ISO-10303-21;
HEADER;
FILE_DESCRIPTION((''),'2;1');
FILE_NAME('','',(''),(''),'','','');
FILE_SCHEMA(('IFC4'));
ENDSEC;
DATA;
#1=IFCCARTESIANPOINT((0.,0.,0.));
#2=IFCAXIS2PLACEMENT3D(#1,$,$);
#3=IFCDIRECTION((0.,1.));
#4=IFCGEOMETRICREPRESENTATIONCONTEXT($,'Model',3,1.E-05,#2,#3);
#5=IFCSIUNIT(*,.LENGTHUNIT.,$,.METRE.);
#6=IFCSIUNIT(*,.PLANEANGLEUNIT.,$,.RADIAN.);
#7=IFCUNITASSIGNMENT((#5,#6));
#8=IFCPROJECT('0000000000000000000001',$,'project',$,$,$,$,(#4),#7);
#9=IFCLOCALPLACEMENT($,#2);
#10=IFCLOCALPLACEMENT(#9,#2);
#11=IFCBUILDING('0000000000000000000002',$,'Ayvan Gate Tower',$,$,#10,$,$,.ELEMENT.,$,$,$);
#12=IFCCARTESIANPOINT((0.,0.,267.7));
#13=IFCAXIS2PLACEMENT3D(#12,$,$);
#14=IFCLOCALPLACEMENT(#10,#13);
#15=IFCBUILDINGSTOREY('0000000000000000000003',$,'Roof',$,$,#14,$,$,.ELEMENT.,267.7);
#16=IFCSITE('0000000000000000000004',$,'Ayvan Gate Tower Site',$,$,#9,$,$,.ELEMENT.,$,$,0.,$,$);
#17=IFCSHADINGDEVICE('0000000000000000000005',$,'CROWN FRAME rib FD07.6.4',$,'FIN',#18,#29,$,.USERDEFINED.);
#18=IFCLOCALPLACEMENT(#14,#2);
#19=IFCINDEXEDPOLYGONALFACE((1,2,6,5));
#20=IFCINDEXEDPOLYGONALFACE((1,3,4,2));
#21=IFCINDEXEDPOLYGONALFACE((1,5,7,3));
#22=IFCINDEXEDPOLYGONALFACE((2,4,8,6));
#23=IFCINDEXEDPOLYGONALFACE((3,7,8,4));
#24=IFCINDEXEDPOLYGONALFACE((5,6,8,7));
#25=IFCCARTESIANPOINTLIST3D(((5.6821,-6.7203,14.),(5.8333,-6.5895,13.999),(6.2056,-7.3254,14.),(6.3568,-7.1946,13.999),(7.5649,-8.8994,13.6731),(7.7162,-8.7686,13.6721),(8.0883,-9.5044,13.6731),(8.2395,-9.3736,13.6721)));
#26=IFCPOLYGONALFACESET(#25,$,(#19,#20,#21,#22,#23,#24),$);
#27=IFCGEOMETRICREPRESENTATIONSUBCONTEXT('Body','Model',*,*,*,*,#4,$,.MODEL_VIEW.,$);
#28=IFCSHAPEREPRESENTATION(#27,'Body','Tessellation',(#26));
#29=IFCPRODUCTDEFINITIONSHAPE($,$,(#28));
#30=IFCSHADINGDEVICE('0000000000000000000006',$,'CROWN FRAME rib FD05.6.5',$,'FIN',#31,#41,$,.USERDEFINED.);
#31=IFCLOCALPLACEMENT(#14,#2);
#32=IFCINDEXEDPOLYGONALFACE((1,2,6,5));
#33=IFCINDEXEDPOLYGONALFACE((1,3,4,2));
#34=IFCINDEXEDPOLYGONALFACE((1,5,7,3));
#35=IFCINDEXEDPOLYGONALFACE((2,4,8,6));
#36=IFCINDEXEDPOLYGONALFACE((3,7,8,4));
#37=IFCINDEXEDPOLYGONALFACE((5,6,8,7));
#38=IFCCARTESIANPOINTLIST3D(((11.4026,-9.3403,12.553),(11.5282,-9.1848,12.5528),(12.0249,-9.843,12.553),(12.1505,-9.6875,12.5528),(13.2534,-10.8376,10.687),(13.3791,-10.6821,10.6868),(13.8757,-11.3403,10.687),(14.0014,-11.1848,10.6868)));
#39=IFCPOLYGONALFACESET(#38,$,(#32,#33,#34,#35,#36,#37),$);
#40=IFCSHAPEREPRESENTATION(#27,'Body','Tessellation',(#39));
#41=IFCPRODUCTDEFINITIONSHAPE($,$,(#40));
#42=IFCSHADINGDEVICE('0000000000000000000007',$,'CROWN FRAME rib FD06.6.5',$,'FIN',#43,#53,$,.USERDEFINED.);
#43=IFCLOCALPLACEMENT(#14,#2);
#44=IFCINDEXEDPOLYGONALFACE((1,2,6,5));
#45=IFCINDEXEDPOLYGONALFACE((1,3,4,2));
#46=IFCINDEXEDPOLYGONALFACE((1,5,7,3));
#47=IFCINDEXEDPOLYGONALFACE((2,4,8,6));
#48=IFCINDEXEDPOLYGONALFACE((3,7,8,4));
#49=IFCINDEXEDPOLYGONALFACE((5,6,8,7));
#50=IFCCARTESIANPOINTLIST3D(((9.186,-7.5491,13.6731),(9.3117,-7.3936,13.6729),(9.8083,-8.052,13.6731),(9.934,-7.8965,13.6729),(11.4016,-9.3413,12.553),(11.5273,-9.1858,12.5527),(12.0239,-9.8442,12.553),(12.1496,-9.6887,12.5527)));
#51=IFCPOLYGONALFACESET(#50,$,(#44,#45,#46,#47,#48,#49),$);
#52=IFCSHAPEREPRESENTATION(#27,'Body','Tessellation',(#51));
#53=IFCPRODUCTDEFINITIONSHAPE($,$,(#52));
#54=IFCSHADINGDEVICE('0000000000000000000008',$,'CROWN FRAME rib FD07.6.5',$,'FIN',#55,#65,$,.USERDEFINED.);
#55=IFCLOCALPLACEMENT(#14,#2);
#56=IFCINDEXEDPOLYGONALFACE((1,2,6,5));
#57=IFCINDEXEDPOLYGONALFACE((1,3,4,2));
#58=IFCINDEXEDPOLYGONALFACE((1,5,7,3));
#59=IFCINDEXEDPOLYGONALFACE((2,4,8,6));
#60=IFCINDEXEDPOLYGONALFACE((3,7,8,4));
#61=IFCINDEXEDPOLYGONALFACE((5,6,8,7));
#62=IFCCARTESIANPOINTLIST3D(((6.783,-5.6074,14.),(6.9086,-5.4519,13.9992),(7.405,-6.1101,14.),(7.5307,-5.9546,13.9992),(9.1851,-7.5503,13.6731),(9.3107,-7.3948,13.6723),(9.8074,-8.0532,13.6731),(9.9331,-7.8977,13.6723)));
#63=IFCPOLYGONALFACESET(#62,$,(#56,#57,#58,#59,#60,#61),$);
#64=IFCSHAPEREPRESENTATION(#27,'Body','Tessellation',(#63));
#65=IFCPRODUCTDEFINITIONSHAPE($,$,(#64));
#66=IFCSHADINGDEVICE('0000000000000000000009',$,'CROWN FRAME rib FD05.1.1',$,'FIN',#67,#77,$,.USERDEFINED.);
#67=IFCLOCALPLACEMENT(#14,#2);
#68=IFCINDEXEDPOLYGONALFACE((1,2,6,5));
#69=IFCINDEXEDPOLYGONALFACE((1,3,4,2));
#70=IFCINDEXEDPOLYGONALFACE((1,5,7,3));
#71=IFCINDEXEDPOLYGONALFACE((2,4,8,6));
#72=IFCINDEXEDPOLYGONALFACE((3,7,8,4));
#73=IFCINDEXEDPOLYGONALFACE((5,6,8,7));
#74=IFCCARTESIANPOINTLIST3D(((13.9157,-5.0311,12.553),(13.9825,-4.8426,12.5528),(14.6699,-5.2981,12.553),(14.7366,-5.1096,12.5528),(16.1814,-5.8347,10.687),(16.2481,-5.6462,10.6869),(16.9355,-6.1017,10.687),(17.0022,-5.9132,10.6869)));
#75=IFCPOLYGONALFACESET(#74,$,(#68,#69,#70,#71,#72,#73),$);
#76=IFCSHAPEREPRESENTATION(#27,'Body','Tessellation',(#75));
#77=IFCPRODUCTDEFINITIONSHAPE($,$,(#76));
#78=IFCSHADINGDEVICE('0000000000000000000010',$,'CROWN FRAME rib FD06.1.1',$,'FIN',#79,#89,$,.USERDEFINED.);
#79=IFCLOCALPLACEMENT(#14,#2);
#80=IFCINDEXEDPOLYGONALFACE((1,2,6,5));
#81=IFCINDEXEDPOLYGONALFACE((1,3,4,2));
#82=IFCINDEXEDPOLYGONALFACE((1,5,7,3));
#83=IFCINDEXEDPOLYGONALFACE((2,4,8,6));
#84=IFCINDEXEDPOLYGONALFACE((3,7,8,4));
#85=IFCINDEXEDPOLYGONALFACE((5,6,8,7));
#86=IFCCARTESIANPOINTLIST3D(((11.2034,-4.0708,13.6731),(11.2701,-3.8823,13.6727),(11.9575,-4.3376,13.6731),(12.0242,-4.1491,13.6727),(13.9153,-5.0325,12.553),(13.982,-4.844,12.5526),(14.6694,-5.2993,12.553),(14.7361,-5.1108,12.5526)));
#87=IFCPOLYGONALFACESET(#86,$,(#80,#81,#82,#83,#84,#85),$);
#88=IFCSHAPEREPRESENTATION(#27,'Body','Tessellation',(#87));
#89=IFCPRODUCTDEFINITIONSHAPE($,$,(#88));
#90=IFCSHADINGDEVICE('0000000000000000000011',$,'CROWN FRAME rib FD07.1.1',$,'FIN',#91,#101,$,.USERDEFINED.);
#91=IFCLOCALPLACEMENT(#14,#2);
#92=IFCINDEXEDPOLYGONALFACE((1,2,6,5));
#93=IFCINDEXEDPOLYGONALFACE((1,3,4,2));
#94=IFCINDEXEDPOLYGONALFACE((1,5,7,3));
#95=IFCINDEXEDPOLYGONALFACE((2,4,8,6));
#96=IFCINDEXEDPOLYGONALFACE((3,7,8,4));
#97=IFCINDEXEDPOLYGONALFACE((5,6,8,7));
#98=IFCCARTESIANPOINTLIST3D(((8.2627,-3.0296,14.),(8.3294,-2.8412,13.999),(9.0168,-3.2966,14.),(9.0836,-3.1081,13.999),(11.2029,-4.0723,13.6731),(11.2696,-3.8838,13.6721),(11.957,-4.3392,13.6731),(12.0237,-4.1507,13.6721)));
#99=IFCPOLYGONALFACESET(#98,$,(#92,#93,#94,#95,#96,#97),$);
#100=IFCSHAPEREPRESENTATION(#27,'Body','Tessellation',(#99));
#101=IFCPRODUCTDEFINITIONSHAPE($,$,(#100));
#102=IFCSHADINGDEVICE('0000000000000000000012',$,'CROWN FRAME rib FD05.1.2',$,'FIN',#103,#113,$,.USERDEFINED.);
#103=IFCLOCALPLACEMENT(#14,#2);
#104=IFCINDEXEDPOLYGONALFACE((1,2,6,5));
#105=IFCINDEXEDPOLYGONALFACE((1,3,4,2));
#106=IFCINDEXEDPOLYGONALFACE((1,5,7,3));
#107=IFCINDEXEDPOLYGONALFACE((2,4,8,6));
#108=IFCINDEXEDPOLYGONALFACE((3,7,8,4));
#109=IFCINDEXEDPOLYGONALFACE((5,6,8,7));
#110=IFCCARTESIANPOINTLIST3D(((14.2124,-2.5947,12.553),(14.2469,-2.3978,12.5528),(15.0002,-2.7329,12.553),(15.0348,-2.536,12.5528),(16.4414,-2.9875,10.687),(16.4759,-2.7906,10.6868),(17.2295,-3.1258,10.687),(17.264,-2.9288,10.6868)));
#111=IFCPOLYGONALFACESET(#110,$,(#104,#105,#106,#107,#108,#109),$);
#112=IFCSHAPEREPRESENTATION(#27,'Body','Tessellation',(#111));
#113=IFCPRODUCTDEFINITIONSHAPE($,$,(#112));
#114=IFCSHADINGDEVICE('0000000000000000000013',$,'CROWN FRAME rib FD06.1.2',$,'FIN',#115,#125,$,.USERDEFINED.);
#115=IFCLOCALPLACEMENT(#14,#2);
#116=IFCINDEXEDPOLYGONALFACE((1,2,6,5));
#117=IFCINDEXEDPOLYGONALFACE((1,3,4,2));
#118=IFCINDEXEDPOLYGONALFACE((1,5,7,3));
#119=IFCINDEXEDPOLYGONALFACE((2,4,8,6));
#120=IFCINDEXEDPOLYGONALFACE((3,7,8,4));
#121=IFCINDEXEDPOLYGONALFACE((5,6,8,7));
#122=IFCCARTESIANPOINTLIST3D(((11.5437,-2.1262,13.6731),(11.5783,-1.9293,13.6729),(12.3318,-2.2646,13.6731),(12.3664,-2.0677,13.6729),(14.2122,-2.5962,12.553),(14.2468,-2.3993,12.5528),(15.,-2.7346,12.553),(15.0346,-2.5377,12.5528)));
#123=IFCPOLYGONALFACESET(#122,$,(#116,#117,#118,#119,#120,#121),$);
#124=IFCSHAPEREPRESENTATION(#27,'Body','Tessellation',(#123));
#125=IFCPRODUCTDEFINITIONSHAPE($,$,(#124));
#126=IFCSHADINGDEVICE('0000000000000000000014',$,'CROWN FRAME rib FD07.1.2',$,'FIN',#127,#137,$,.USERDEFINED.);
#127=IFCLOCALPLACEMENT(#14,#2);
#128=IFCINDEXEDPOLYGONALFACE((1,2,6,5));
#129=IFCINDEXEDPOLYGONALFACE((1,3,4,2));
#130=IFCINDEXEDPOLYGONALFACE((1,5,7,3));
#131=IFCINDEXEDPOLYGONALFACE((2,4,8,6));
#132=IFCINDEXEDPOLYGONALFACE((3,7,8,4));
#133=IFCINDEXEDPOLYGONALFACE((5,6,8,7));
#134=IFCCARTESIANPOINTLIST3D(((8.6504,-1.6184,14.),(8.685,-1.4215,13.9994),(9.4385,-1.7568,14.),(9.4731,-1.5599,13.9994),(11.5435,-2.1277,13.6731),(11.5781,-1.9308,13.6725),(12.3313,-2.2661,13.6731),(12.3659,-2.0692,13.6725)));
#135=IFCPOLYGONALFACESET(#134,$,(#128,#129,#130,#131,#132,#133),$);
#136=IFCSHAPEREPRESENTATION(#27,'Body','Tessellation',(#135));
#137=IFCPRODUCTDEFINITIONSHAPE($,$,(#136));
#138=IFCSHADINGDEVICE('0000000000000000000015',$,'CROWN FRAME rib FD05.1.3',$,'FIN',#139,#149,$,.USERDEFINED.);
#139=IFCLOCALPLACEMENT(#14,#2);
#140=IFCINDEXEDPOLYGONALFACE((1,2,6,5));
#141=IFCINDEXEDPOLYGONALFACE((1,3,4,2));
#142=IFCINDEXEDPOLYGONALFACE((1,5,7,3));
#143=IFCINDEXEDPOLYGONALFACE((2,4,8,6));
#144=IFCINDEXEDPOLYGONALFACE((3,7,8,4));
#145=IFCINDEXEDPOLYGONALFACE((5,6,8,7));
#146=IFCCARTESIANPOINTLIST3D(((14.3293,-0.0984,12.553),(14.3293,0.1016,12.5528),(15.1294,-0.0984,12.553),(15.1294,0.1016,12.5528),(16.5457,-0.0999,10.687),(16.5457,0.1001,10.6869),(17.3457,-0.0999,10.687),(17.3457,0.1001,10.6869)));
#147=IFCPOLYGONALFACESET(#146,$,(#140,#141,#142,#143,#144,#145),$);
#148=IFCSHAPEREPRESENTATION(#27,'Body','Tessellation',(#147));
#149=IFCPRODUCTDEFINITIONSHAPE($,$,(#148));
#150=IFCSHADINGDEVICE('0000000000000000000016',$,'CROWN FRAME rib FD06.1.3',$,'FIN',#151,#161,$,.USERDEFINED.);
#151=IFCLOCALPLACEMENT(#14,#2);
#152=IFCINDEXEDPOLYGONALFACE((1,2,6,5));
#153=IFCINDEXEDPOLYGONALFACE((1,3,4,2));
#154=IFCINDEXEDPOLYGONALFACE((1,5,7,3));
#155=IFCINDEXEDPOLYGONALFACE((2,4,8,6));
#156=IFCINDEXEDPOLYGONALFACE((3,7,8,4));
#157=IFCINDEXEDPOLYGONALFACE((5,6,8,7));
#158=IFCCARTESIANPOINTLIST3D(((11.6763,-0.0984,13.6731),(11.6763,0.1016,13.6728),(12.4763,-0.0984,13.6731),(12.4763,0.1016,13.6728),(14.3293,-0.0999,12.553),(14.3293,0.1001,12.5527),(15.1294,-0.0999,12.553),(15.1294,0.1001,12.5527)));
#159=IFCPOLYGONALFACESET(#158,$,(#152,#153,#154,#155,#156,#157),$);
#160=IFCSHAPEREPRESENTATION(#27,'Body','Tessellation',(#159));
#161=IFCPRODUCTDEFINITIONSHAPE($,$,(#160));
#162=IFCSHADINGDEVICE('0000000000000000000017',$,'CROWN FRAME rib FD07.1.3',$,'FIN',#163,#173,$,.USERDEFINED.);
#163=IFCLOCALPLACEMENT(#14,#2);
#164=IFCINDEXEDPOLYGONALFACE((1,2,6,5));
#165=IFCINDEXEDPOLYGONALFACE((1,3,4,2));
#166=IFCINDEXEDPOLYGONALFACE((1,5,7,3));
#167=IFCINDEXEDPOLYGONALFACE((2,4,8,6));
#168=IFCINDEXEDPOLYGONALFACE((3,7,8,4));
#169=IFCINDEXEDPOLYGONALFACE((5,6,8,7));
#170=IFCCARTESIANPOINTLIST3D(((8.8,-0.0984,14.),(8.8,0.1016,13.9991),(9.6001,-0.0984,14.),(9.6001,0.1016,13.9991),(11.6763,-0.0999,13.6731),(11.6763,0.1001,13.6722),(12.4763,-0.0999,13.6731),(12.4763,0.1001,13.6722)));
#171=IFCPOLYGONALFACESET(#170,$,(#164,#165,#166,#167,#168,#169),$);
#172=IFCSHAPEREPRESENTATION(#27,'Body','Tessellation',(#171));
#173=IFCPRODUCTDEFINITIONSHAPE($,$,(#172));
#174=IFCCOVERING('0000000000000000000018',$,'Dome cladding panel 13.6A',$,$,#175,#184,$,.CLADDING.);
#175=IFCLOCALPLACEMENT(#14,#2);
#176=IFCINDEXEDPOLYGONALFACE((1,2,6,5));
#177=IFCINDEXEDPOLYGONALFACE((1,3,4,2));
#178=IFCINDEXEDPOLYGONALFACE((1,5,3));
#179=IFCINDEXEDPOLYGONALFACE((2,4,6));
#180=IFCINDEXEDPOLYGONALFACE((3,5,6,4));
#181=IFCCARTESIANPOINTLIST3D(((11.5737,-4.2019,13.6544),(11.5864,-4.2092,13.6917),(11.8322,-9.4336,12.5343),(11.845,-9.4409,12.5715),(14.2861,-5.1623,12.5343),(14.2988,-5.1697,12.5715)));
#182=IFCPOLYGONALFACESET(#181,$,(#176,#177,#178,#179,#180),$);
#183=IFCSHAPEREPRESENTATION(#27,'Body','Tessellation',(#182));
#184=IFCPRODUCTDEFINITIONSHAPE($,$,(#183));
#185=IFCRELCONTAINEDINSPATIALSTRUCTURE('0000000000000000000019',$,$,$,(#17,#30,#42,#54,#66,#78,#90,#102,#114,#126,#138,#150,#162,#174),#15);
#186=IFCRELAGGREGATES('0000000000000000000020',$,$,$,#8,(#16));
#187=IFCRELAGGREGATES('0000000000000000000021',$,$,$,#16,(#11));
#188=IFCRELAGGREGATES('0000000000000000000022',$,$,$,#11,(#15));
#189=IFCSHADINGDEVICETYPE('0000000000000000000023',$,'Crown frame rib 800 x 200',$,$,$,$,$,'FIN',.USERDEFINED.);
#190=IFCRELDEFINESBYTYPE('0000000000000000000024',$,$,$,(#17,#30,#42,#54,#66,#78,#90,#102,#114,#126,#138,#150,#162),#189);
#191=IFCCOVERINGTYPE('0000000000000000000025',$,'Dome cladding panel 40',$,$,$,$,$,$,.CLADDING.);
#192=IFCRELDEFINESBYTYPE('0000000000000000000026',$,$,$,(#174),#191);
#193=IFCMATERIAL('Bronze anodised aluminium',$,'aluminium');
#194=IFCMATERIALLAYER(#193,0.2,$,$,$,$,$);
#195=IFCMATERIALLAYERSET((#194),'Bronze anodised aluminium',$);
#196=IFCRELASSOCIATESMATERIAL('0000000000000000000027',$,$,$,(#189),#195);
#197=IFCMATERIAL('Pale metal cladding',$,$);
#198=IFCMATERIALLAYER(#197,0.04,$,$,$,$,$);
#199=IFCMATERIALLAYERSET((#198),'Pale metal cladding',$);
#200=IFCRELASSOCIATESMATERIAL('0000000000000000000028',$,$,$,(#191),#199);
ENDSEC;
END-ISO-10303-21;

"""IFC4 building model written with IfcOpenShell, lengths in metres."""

from ifc_helpers import new_model, si_unit, direction, frame, origin, place, context, subcontext, project, spatial, polyline, outline, extrude, material, layer, layer_set, type_object, element, save


model = new_model("IFC4")

# Units and contexts
model_context = context("Model", 3, precision=1e-05, world=origin(), true_north=direction((0.0, 1.0)))
body_context = subcontext(model_context, "Body", "Model", "MODEL_VIEW")
ifc_project = project(units=[si_unit("LENGTHUNIT", "METRE"), si_unit("PLANEANGLEUNIT", "RADIAN")], contexts=[model_context])

# Site, building, storey
site_placement = place(None, origin())
site = spatial("IfcSite", under=ifc_project, at=site_placement, Name="Ayvan Gate Tower Site", CompositionType="ELEMENT", RefElevation=0.0)
building_placement = place(site_placement, origin())
building = spatial("IfcBuilding", under=site, at=building_placement, Name="Ayvan Gate Tower", CompositionType="ELEMENT")
storey_placement = place(building_placement, frame((0.0, 0.0, 267.7)))
storey = spatial("IfcBuildingStorey", under=building, at=storey_placement, Name="Roof", CompositionType="ELEMENT", Elevation=267.7)

# Shading devices
ifc_material_1 = material(Name="Bronze anodised aluminium", Category="aluminium")
ifc_layer_1 = layer(ifc_material_1, 0.2)
ifc_layer_set_1 = layer_set([ifc_layer_1], Name="Bronze anodised aluminium")
shading_device_type = type_object("IfcShadingDeviceType", Name="Crown frame rib 800 x 200", ElementType="FIN", PredefinedType="USERDEFINED", material=ifc_layer_set_1)
shading_device_1_placement = place(storey_placement, frame((7.5649, -8.8994, 13.6731), z_axis=(-0.756288, -0.654219, 0.005032), x_axis=(0.654227, -0.756298, 0.000001)))
element("IfcShadingDevice", 1, at=shading_device_1_placement, inside=storey, type_object=shading_device_type, Name="CROWN FRAME rib FD07.6.4", ObjectType="FIN", PredefinedType="USERDEFINED", context=body_context, shape_type="SweptSolid", body=[
    extrude(outline(polyline([(0.0, 0.0), (0.8, 0.0), (-2.0797, 0.3269), (-2.8799, 0.3269), (0.0, 0.0)])), origin(), (0.0, 0.0, -1.0), 0.2),
])
shading_device_2_placement = place(storey_placement, frame((13.2534, -10.8376, 10.687), z_axis=(-0.628372, -0.777912, 0.000948), x_axis=(0.777912, -0.628373, 0.0)))
element("IfcShadingDevice", 2, at=shading_device_2_placement, inside=storey, type_object=shading_device_type, Name="CROWN FRAME rib FD05.6.5", ObjectType="FIN", PredefinedType="USERDEFINED", context=body_context, shape_type="SweptSolid", body=[
    extrude(outline(polyline([(0.0, 0.0), (0.8, 0.0), (-1.5807, 1.866), (-2.3807, 1.866), (0.0, 0.0)])), origin(), (0.0, 0.0, -1.0), 0.2),
])
shading_device_3_placement = place(storey_placement, frame((11.4016, -9.3413, 12.553), z_axis=(-0.628557, -0.777763, 0.001178), x_axis=(0.777763, -0.628557, 0.0)))
element("IfcShadingDevice", 3, at=shading_device_3_placement, inside=storey, type_object=shading_device_type, Name="CROWN FRAME rib FD06.6.5", ObjectType="FIN", PredefinedType="USERDEFINED", context=body_context, shape_type="SweptSolid", body=[
    extrude(outline(polyline([(0.0, 0.0), (0.8001, 0.0), (-2.0496, 1.1201), (-2.8497, 1.1201), (0.0, 0.0)])), origin(), (0.0, 0.0, -1.0), 0.2),
])
shading_device_4_placement = place(storey_placement, frame((9.1851, -7.5503, 13.6731), z_axis=(-0.628534, -0.777771, 0.004054), x_axis=(0.777778, -0.62854, 0.0)))
element("IfcShadingDevice", 4, at=shading_device_4_placement, inside=storey, type_object=shading_device_type, Name="CROWN FRAME rib FD07.6.5", ObjectType="FIN", PredefinedType="USERDEFINED", context=body_context, shape_type="SweptSolid", body=[
    extrude(outline(polyline([(0.0, 0.0), (0.8001, 0.0), (-2.2897, 0.3269), (-3.0895, 0.3269), (0.0, 0.0)])), origin(), (0.0, 0.0, -1.0), 0.2),
])
shading_device_5_placement = place(storey_placement, frame((16.1814, -5.8347, 10.687), z_axis=(-0.333706, -0.942677, 0.000789), x_axis=(0.942677, -0.333706, 0.0)))
element("IfcShadingDevice", 5, at=shading_device_5_placement, inside=storey, type_object=shading_device_type, Name="CROWN FRAME rib FD05.1.1", ObjectType="FIN", PredefinedType="USERDEFINED", context=body_context, shape_type="SweptSolid", body=[
    extrude(outline(polyline([(0.0, 0.0), (0.8, 0.0), (-1.6039, 1.866), (-2.404, 1.866), (0.0, 0.0)])), origin(), (0.0, 0.0, -1.0), 0.2),
])
shading_device_6_placement = place(storey_placement, frame((13.9153, -5.0325, 12.553), z_axis=(-0.33357, -0.942724, 0.001765), x_axis=(0.942725, -0.33357, 0.0)))
element("IfcShadingDevice", 6, at=shading_device_6_placement, inside=storey, type_object=shading_device_type, Name="CROWN FRAME rib FD06.1.1", ObjectType="FIN", PredefinedType="USERDEFINED", context=body_context, shape_type="SweptSolid", body=[
    extrude(outline(polyline([(0.0, 0.0), (0.8, 0.0), (-2.0774, 1.1201), (-2.8774, 1.1201), (0.0, 0.0)])), origin(), (0.0, 0.0, -1.0), 0.2),
])
shading_device_7_placement = place(storey_placement, frame((11.2029, -4.0723, 13.6731), z_axis=(-0.333702, -0.942665, 0.00514), x_axis=(0.942677, -0.333706, 0.000001)))
element("IfcShadingDevice", 7, at=shading_device_7_placement, inside=storey, type_object=shading_device_type, Name="CROWN FRAME rib FD07.1.1", ObjectType="FIN", PredefinedType="USERDEFINED", context=body_context, shape_type="SweptSolid", body=[
    extrude(outline(polyline([(0.0, 0.0), (0.8, 0.0), (-2.3196, 0.3269), (-3.1196, 0.3269), (0.0, 0.0)])), origin(), (0.0, 0.0, -1.0), 0.2),
])
shading_device_8_placement = place(storey_placement, frame((16.4414, -2.9875, 10.687), z_axis=(-0.172732, -0.984968, 0.001006), x_axis=(0.984969, -0.172732, 0.0)))
element("IfcShadingDevice", 8, at=shading_device_8_placement, inside=storey, type_object=shading_device_type, Name="CROWN FRAME rib FD05.1.2", ObjectType="FIN", PredefinedType="USERDEFINED", context=body_context, shape_type="SweptSolid", body=[
    extrude(outline(polyline([(0.0, 0.0), (0.8001, 0.0), (-1.4635, 1.866), (-2.2634, 1.866), (0.0, 0.0)])), origin(), (0.0, 0.0, -1.0), 0.2),
])
shading_device_9_placement = place(storey_placement, frame((14.2122, -2.5962, 12.553), z_axis=(-0.173028, -0.984916, 0.001058), x_axis=(0.984917, -0.173028, 0.0)))
element("IfcShadingDevice", 9, at=shading_device_9_placement, inside=storey, type_object=shading_device_type, Name="CROWN FRAME rib FD06.1.2", ObjectType="FIN", PredefinedType="USERDEFINED", context=body_context, shape_type="SweptSolid", body=[
    extrude(outline(polyline([(0.0, 0.0), (0.7999, 0.0), (-1.9094, 1.1201), (-2.7095, 1.1201), (0.0, 0.0)])), origin(), (0.0, 0.0, -1.0), 0.2),
])
shading_device_10_placement = place(storey_placement, frame((11.5435, -2.1277, 13.6731), z_axis=(-0.173027, -0.984912, 0.003168), x_axis=(0.984917, -0.173028, 0.0)))
element("IfcShadingDevice", 10, at=shading_device_10_placement, inside=storey, type_object=shading_device_type, Name="CROWN FRAME rib FD07.1.2", ObjectType="FIN", PredefinedType="USERDEFINED", context=body_context, shape_type="SweptSolid", body=[
    extrude(outline(polyline([(0.0, 0.0), (0.7999, 0.0), (-2.1374, 0.3269), (-2.9375, 0.3269), (0.0, 0.0)])), origin(), (0.0, 0.0, -1.0), 0.2),
])
shading_device_11_placement = place(storey_placement, frame((16.5457, -0.0999, 10.687), z_axis=(0.0, -1.0, 0.000785), x_axis=(1.0, 0.0, 0.0)))
element("IfcShadingDevice", 11, at=shading_device_11_placement, inside=storey, type_object=shading_device_type, Name="CROWN FRAME rib FD05.1.3", ObjectType="FIN", PredefinedType="USERDEFINED", context=body_context, shape_type="SweptSolid", body=[
    extrude(outline(polyline([(0.0, 0.0), (0.8, 0.0), (-1.4163, 1.866), (-2.2163, 1.866), (0.0, 0.0)])), origin(), (0.0, 0.0, -1.0), 0.2),
])
shading_device_12_placement = place(storey_placement, frame((14.3293, -0.0999, 12.553), z_axis=(0.0, -0.999999, 0.001308), x_axis=(1.0, 0.0, 0.0)))
element("IfcShadingDevice", 12, at=shading_device_12_placement, inside=storey, type_object=shading_device_type, Name="CROWN FRAME rib FD06.1.3", ObjectType="FIN", PredefinedType="USERDEFINED", context=body_context, shape_type="SweptSolid", body=[
    extrude(outline(polyline([(0.0, 0.0), (0.8, 0.0), (-1.853, 1.1201), (-2.6531, 1.1201), (0.0, 0.0)])), origin(), (0.0, 0.0, -1.0), 0.2),
])
shading_device_13_placement = place(storey_placement, frame((11.6763, -0.0999, 13.6731), z_axis=(0.0, -0.99999, 0.004481), x_axis=(1.0, 0.0, 0.0)))
element("IfcShadingDevice", 13, at=shading_device_13_placement, inside=storey, type_object=shading_device_type, Name="CROWN FRAME rib FD07.1.3", ObjectType="FIN", PredefinedType="USERDEFINED", context=body_context, shape_type="SweptSolid", body=[
    extrude(outline(polyline([(0.0, 0.0), (0.8, 0.0), (-2.0762, 0.3269), (-2.8762, 0.3269), (0.0, 0.0)])), origin(), (0.0, 0.0, -1.0), 0.2),
])

# Covering
ifc_material_2 = material(Name="Pale metal cladding")
ifc_layer_2 = layer(ifc_material_2, 0.04)
ifc_layer_set_2 = layer_set([ifc_layer_2], Name="Pale metal cladding")
covering_type = type_object("IfcCoveringType", Name="Dome cladding panel 40", PredefinedType="CLADDING", material=ifc_layer_set_2)
covering_1_placement = place(storey_placement, frame((11.845, -9.4409, 12.5715), z_axis=(0.319075, -0.183311, 0.929832), x_axis=(0.49815, 0.867091, 0.0)))
element("IfcCovering", 14, at=covering_1_placement, inside=storey, type_object=covering_type, Name="Dome cladding panel 13.6A", PredefinedType="CLADDING", context=body_context, shape_type="SweptSolid", body=[
    extrude(outline(polyline([(0.0, 0.0), (4.9259, 0.0), (4.4076, 3.0439), (0.0, 0.0)])), origin(), (0.0, 0.0, -1.0), 0.04),
])

save(model, "model.ifc")
